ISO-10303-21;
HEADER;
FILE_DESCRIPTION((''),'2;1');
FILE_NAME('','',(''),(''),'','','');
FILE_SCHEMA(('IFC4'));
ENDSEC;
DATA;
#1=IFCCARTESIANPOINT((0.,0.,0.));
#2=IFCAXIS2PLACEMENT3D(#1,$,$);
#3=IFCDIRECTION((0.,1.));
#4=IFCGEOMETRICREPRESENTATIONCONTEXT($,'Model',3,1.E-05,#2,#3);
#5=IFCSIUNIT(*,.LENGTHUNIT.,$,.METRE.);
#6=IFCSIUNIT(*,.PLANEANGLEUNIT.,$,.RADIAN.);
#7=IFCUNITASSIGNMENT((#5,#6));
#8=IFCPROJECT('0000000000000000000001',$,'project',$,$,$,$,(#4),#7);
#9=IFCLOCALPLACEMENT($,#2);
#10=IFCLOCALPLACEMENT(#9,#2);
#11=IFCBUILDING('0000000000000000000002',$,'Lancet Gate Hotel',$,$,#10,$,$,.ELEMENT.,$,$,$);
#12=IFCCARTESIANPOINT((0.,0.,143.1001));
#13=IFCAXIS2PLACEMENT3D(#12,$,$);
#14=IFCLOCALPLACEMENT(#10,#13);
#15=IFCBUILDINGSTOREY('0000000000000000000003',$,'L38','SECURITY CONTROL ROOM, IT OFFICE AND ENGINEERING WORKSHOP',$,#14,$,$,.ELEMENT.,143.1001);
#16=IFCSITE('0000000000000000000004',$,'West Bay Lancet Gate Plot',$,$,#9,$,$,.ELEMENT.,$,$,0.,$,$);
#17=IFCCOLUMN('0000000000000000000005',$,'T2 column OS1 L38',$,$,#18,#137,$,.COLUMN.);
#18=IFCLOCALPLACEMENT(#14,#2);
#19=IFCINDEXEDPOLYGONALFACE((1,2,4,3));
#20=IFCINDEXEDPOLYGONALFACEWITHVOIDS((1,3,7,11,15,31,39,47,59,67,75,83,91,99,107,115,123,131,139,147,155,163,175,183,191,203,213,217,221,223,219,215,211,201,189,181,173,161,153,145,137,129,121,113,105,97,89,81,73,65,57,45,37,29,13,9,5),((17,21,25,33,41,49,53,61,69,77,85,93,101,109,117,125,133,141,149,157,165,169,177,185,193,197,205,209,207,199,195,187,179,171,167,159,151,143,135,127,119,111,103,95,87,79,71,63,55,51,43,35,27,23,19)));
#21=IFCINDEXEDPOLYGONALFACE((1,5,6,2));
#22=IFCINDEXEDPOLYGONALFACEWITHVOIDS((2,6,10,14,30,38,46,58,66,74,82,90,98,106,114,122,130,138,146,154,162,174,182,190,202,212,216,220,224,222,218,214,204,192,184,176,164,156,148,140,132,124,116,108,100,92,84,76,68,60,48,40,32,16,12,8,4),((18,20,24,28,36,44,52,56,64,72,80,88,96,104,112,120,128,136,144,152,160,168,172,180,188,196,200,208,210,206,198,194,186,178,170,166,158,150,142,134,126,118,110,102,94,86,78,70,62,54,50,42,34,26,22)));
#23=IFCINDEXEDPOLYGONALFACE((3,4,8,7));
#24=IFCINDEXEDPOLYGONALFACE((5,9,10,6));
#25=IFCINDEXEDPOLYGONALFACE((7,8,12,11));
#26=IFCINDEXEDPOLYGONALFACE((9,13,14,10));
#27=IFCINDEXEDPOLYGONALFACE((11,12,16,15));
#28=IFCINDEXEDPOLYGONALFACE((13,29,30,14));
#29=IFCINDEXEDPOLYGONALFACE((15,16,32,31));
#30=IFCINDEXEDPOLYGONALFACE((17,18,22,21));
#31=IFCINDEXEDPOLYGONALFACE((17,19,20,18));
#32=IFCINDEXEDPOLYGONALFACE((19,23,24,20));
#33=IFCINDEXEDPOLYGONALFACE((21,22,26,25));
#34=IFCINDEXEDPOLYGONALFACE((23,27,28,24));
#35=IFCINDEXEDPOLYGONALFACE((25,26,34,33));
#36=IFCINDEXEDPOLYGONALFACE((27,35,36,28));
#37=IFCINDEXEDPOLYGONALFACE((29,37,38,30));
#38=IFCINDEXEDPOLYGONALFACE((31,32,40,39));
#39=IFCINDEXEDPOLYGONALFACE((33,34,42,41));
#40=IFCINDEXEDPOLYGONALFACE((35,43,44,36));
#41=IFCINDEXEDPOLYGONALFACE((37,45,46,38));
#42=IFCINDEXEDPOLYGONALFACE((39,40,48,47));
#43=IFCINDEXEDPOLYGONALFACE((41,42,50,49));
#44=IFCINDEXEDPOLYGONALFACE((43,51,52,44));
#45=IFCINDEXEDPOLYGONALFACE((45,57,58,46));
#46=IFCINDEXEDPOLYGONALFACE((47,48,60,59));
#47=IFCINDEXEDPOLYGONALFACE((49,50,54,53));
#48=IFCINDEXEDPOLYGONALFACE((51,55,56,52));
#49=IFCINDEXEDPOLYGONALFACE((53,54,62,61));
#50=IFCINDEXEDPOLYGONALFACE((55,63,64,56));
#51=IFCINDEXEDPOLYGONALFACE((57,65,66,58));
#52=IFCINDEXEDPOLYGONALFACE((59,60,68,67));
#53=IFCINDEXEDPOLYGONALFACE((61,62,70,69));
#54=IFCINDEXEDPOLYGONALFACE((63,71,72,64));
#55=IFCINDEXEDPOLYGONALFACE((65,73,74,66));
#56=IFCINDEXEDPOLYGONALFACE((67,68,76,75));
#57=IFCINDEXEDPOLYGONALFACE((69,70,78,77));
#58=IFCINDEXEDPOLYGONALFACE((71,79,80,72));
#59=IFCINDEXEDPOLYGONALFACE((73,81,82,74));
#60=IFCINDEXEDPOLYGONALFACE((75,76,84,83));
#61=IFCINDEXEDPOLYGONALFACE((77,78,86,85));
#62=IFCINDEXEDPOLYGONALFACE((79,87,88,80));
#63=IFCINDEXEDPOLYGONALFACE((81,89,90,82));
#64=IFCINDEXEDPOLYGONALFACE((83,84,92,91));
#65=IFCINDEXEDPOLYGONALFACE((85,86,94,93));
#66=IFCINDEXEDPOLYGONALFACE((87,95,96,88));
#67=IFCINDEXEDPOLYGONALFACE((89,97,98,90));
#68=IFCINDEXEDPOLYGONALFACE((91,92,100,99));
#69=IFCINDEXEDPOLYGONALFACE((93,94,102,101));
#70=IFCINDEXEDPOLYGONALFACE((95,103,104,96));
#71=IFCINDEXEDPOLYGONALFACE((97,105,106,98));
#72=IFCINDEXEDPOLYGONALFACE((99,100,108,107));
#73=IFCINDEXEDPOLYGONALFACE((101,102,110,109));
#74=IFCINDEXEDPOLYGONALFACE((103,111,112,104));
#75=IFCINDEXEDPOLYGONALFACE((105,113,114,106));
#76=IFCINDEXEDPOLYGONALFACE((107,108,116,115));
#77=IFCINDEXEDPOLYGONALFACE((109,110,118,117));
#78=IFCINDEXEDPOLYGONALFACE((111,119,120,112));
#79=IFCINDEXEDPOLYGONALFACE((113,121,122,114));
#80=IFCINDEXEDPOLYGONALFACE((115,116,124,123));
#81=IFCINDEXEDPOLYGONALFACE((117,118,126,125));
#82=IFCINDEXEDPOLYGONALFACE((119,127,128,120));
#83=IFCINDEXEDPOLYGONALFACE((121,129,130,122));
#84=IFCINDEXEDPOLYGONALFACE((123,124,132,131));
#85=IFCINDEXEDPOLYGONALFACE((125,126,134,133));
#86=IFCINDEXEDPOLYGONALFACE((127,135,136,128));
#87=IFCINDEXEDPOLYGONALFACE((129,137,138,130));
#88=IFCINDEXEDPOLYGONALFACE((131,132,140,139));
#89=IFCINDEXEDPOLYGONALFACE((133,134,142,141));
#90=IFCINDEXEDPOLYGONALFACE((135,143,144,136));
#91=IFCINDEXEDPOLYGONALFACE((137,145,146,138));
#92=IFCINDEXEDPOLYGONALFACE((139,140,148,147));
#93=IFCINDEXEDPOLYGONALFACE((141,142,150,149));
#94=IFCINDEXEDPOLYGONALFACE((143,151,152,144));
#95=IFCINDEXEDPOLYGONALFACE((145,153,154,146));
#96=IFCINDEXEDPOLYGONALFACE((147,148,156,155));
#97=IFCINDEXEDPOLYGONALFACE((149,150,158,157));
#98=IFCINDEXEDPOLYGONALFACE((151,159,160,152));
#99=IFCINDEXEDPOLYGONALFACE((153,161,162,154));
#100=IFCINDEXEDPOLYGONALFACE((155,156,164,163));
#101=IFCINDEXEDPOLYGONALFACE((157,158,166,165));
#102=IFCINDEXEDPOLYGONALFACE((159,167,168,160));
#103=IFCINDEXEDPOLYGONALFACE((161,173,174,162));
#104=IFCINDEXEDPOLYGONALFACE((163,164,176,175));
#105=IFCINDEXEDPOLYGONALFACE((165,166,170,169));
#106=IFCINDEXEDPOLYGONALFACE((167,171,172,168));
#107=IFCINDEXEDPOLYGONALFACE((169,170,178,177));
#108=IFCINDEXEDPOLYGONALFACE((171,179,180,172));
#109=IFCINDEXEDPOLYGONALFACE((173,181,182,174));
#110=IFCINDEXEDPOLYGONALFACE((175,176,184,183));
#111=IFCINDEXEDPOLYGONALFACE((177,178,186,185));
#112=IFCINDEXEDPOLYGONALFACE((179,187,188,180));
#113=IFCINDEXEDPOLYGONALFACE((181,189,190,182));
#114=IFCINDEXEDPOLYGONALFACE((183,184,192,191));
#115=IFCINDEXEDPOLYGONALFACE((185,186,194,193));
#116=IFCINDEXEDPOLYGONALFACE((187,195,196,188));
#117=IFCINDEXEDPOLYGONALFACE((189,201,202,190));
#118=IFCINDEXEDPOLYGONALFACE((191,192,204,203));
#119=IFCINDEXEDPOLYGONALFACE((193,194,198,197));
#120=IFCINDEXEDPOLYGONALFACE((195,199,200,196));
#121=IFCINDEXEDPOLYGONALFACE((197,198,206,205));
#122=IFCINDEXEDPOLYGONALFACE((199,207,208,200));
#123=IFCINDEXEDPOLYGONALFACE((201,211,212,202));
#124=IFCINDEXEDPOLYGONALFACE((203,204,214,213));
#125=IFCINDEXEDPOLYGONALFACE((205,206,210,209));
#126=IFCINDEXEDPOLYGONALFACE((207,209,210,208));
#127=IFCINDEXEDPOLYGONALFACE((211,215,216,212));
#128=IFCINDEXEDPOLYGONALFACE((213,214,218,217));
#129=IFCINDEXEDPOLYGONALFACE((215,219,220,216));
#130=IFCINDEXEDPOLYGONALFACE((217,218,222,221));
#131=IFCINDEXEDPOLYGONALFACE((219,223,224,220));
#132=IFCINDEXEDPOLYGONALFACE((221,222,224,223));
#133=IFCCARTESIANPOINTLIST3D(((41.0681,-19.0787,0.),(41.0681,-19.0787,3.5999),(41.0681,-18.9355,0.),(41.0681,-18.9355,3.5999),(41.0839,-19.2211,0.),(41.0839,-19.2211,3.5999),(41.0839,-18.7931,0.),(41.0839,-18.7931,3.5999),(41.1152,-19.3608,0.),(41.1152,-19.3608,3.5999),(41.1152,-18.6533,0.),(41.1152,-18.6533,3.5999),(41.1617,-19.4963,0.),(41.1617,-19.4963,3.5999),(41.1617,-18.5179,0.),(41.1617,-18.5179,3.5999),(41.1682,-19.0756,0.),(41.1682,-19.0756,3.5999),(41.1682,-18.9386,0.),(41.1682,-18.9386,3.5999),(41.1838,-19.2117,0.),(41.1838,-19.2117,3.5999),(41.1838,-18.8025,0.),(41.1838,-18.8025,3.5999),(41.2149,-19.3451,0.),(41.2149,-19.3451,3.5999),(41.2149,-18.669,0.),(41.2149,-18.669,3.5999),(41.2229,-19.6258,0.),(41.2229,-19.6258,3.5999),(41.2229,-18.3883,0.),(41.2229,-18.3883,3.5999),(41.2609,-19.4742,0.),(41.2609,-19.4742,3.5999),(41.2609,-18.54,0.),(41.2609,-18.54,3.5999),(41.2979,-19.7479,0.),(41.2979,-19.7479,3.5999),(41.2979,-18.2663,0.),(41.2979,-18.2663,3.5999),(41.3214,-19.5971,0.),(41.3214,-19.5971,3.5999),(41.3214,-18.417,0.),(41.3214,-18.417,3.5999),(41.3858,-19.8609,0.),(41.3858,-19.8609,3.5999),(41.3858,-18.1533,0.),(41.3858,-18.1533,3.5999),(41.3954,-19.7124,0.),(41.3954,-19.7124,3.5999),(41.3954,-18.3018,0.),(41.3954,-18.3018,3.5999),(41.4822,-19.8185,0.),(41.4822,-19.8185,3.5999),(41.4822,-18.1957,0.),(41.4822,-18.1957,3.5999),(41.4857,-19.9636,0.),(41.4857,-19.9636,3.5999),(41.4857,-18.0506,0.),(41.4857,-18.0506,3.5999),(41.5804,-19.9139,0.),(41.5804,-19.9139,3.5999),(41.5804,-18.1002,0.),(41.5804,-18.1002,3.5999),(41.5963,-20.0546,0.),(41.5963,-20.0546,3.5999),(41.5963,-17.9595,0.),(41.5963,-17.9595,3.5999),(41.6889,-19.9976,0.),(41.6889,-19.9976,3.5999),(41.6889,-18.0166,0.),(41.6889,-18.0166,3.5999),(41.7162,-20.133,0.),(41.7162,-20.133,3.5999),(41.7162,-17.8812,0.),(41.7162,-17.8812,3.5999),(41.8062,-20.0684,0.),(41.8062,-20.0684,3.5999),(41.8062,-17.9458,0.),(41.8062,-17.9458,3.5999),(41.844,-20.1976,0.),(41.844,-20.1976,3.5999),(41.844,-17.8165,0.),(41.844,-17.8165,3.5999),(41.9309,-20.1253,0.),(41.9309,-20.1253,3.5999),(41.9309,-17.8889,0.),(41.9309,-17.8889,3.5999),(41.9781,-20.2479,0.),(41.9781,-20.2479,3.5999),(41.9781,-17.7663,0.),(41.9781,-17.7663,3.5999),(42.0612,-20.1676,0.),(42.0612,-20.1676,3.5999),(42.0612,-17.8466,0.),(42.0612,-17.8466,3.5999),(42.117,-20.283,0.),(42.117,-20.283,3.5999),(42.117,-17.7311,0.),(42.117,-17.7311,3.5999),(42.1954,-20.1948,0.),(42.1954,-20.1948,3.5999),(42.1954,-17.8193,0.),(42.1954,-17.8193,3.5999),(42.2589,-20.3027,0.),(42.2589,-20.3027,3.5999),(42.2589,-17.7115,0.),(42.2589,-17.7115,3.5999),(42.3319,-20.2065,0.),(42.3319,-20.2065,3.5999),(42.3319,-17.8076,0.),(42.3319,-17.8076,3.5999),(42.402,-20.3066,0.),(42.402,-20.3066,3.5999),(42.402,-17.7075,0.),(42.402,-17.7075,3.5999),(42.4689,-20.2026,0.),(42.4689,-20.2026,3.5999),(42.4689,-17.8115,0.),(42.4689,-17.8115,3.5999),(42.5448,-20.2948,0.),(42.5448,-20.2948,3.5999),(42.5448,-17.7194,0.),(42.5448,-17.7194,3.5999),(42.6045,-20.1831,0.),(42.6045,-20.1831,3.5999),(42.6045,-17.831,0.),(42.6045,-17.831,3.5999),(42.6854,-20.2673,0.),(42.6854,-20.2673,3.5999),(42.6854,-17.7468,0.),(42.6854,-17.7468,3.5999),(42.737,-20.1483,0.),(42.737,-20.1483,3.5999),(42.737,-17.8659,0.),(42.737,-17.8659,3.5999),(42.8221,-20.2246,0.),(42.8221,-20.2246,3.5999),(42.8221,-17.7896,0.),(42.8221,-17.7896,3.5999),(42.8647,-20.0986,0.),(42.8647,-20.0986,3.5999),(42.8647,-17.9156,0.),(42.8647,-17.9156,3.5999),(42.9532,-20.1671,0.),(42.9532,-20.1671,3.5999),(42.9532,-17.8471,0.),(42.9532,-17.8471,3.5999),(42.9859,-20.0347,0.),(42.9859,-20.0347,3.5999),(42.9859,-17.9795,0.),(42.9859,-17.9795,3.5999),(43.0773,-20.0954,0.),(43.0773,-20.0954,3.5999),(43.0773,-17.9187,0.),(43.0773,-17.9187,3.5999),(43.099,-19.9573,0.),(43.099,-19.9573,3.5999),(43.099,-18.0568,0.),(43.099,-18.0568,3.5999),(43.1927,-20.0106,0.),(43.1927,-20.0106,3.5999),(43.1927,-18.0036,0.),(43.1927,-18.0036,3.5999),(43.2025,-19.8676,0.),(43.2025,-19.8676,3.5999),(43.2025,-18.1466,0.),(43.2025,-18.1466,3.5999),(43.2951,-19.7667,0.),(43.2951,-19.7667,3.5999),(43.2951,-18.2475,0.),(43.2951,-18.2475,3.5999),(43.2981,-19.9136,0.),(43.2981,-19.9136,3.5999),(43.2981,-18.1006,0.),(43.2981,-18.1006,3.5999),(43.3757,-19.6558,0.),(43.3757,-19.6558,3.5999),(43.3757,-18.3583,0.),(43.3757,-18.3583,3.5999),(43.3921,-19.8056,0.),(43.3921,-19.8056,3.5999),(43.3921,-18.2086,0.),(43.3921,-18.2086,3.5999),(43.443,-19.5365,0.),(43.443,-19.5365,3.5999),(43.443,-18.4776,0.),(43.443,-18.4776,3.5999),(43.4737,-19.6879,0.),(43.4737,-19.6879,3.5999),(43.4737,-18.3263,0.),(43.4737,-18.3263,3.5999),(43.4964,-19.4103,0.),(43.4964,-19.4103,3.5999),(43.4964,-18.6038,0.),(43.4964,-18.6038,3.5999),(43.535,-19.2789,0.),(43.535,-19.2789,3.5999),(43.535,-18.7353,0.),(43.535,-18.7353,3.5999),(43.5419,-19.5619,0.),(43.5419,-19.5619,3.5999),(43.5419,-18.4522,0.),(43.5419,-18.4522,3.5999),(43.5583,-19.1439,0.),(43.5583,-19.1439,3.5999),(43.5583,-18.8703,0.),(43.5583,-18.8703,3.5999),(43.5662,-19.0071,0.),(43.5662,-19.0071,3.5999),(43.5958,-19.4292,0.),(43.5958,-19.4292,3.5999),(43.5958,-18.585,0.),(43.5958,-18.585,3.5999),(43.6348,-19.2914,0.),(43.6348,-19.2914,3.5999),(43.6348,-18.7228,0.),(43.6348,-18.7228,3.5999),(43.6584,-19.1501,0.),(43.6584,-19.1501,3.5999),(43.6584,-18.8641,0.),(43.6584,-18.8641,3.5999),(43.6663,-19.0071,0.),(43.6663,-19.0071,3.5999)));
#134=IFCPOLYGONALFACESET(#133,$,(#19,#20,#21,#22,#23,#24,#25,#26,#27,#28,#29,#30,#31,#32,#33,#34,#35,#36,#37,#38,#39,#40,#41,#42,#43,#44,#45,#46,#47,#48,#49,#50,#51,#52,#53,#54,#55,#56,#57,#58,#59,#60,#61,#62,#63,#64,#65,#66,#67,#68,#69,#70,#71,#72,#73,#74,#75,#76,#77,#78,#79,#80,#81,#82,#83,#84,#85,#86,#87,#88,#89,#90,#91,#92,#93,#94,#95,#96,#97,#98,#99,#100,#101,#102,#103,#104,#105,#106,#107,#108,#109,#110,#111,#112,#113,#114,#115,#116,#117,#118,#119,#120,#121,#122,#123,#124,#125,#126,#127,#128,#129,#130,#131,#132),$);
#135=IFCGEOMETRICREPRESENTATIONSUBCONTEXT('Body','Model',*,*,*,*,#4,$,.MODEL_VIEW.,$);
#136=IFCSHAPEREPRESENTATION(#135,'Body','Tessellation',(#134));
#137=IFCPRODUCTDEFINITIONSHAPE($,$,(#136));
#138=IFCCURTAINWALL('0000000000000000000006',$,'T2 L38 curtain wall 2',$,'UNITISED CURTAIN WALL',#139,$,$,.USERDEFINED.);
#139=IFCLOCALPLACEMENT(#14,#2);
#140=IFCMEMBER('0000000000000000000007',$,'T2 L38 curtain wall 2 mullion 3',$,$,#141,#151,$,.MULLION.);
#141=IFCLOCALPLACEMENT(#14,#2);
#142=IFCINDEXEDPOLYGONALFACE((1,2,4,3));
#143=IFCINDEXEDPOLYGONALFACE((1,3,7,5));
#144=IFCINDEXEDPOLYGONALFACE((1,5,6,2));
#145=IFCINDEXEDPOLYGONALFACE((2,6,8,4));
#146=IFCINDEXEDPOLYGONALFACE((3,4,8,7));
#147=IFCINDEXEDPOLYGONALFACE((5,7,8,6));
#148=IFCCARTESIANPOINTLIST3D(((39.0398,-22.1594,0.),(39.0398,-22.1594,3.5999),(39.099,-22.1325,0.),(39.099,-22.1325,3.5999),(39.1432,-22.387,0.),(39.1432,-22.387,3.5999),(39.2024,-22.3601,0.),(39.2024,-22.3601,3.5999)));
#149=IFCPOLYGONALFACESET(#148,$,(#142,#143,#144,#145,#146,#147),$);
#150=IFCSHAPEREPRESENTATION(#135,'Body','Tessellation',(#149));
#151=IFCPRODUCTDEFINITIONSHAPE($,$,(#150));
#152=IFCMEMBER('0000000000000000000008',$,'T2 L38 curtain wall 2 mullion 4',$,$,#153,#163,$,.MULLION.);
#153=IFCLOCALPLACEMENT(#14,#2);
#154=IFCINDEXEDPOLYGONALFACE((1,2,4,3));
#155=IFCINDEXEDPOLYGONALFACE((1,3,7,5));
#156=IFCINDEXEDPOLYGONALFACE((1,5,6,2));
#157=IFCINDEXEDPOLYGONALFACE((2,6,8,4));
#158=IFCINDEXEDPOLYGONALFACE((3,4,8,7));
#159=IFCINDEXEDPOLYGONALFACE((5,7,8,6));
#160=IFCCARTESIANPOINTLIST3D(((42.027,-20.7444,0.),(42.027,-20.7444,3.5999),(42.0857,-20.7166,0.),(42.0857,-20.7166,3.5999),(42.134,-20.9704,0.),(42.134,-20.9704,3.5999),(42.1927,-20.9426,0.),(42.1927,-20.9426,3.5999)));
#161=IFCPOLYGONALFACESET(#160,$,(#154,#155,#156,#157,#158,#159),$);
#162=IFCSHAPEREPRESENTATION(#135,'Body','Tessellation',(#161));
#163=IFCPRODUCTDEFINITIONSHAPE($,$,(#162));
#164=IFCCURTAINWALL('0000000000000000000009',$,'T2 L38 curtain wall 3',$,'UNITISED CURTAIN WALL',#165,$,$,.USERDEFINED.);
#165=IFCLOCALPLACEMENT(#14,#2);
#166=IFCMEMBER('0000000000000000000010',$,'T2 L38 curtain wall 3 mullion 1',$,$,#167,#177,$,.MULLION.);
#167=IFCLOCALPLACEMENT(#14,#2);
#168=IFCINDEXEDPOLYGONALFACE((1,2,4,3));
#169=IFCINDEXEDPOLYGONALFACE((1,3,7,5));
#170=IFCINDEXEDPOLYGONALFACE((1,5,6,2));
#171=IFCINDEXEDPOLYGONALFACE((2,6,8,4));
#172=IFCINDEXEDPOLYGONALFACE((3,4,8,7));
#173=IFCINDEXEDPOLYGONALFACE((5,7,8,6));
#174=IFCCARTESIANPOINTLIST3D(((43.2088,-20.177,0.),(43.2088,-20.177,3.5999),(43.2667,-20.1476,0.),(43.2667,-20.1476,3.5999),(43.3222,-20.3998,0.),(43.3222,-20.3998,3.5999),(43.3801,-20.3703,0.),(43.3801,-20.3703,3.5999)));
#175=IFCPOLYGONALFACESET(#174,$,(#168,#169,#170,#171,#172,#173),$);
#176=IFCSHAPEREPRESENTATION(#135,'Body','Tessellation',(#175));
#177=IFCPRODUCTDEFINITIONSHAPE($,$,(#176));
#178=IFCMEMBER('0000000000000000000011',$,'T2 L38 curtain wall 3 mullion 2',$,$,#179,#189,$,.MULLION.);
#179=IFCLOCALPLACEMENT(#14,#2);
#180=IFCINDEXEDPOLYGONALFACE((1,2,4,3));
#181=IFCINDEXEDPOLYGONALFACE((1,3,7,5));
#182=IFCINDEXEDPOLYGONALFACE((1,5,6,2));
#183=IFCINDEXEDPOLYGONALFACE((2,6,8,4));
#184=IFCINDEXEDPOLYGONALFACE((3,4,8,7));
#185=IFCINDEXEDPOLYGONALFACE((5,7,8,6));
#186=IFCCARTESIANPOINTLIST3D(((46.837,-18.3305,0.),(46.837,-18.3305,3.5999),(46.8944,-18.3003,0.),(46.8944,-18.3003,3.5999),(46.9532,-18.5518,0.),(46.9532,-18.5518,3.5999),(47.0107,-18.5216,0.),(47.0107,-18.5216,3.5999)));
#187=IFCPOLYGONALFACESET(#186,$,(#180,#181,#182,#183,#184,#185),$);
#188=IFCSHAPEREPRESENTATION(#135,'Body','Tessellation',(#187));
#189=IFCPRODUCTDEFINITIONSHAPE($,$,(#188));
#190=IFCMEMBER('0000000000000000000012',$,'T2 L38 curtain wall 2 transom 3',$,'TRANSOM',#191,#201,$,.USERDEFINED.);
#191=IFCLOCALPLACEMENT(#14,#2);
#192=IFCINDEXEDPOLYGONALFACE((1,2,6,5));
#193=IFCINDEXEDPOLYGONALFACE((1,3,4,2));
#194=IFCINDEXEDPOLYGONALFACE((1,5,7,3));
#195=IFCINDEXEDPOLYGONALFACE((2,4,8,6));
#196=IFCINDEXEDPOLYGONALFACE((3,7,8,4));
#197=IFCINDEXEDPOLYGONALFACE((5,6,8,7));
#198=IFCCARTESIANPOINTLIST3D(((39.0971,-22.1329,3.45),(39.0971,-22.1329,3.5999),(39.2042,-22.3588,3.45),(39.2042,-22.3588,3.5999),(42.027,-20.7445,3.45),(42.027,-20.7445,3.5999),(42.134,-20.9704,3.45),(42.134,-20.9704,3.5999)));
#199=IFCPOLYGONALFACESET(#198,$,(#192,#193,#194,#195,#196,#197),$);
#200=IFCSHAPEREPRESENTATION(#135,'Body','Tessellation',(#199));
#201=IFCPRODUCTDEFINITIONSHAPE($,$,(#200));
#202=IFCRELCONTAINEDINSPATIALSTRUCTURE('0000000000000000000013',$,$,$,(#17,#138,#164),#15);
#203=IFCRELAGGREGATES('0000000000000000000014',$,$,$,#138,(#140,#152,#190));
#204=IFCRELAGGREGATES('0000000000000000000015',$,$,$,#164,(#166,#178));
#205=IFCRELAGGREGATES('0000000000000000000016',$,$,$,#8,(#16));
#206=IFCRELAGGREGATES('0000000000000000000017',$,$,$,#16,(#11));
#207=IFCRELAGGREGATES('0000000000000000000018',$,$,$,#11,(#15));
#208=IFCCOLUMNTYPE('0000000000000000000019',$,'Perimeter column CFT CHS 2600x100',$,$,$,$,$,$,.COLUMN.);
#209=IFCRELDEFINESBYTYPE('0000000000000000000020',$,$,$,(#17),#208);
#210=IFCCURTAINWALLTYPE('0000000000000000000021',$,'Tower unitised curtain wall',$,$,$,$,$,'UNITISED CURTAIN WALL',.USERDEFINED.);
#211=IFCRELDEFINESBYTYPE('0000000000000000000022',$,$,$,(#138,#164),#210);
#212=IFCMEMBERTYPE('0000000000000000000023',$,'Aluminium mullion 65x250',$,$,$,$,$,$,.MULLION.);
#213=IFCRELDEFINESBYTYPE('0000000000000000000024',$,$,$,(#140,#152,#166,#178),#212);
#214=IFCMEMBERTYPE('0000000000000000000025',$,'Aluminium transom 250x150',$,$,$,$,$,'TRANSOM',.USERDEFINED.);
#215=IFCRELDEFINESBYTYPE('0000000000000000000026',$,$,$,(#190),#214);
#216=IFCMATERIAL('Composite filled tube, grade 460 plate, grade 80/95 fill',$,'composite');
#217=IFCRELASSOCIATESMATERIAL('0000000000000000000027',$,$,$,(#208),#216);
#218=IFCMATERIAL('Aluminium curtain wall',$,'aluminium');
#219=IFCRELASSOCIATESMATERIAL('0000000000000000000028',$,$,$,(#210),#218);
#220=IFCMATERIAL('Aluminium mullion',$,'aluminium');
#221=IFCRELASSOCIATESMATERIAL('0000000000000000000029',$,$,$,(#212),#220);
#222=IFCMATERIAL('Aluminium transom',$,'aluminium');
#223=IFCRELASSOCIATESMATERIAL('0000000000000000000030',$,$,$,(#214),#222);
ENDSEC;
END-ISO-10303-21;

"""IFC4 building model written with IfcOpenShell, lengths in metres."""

from ifc_helpers import new_model, si_unit, direction, frame, origin, origin_2d, place, context, subcontext, project, spatial, rectangle, hollow_circle, extrude, material, material_profile, profile_set, type_object, element, aggregate, save


model = new_model("IFC4")

# Units and contexts
model_context = context("Model", 3, precision=1e-05, world=origin(), true_north=direction((0.0, 1.0)))
body_context = subcontext(model_context, "Body", "Model", "MODEL_VIEW")
ifc_project = project(units=[si_unit("LENGTHUNIT", "METRE"), si_unit("PLANEANGLEUNIT", "RADIAN")], contexts=[model_context])

# Site, building, storey
site_placement = place(None, origin())
site = spatial("IfcSite", under=ifc_project, at=site_placement, Name="West Bay Lancet Gate Plot", CompositionType="ELEMENT", RefElevation=0.0)
building_placement = place(site_placement, origin())
building = spatial("IfcBuilding", under=site, at=building_placement, Name="Lancet Gate Hotel", CompositionType="ELEMENT")
storey_placement = place(building_placement, frame((0.0, 0.0, 143.1001)))
storey = spatial("IfcBuildingStorey", under=building, at=storey_placement, Name="L38", Description="SECURITY CONTROL ROOM, IT OFFICE AND ENGINEERING WORKSHOP", CompositionType="ELEMENT", Elevation=143.1001)

# Column
ifc_material_1 = material(Name="Composite filled tube, grade 460 plate, grade 80/95 fill", Category="composite")
ifc_material_profile_1 = material_profile(ifc_material_1, hollow_circle(Radius=1.3, WallThickness=0.1001, at=origin_2d()), Name="CHS 2600x100")
ifc_profile_set_1 = profile_set([ifc_material_profile_1], Name="Composite filled tube, grade 460 plate, grade 80/95 fill")
column_type = type_object("IfcColumnType", Name="Perimeter column CFT CHS 2600x100", PredefinedType="COLUMN", material=ifc_profile_set_1)
column_placement = place(storey_placement, frame((42.3662, -19.0071, 0.0), z_axis=(0.0, 0.0, 1.0), x_axis=(1.0, 0.0, 0.0)))
element("IfcColumn", 1, at=column_placement, inside=storey, type_object=column_type, Name="T2 column OS1 L38", PredefinedType="COLUMN", context=body_context, shape_type="SweptSolid", body=[
    extrude(hollow_circle(Radius=1.3, WallThickness=0.1001, at=origin_2d()), origin(), (0.0, 0.0, 1.0), 3.5999),
])

# Curtain walls, members
ifc_material_2 = material(Name="Aluminium curtain wall", Category="aluminium")
curtain_wall_type = type_object("IfcCurtainWallType", Name="Tower unitised curtain wall", ElementType="UNITISED CURTAIN WALL", PredefinedType="USERDEFINED", material=ifc_material_2)
curtain_wall_1_placement = place(storey_placement, origin())
curtain_wall_1 = element("IfcCurtainWall", 2, at=curtain_wall_1_placement, inside=storey, type_object=curtain_wall_type, Name="T2 L38 curtain wall 2", ObjectType="UNITISED CURTAIN WALL", PredefinedType="USERDEFINED")
ifc_material_3 = material(Name="Aluminium mullion", Category="aluminium")
ifc_material_profile_2 = material_profile(ifc_material_3, rectangle(XDim=0.0649, YDim=0.25, at=origin_2d()), Name="MULLION 65x250")
ifc_profile_set_2 = profile_set([ifc_material_profile_2], Name="Aluminium mullion")
member_type_1 = type_object("IfcMemberType", Name="Aluminium mullion 65x250", PredefinedType="MULLION", material=ifc_profile_set_2)
member_1_placement = place(storey_placement, frame((39.1211, -22.2598, 0.0), z_axis=(0.0, 0.0, 1.0), x_axis=(0.910473, 0.41357, 0.0)))
member_1 = element("IfcMember", 3, at=member_1_placement, type_object=member_type_1, Name="T2 L38 curtain wall 2 mullion 3", PredefinedType="MULLION", context=body_context, shape_type="SweptSolid", body=[
    extrude(rectangle(XDim=0.0649, YDim=0.25, at=origin_2d()), origin(), (0.0, 0.0, 1.0), 3.5999),
])
member_2_placement = place(storey_placement, frame((42.1099, -20.8435, 0.0), z_axis=(0.0, 0.0, 1.0), x_axis=(0.903683, 0.428201, 0.0)))
member_2 = element("IfcMember", 4, at=member_2_placement, type_object=member_type_1, Name="T2 L38 curtain wall 2 mullion 4", PredefinedType="MULLION", context=body_context, shape_type="SweptSolid", body=[
    extrude(rectangle(XDim=0.0649, YDim=0.25, at=origin_2d()), origin(), (0.0, 0.0, 1.0), 3.5999),
])
curtain_wall_2_placement = place(storey_placement, origin())
curtain_wall_2 = element("IfcCurtainWall", 5, at=curtain_wall_2_placement, inside=storey, type_object=curtain_wall_type, Name="T2 L38 curtain wall 3", ObjectType="UNITISED CURTAIN WALL", PredefinedType="USERDEFINED")
member_3_placement = place(storey_placement, frame((43.2944, -20.2737, 0.0), z_axis=(0.0, 0.0, 1.0), x_axis=(0.891159, 0.45369, 0.0)))
member_3 = element("IfcMember", 6, at=member_3_placement, type_object=member_type_1, Name="T2 L38 curtain wall 3 mullion 1", PredefinedType="MULLION", context=body_context, shape_type="SweptSolid", body=[
    extrude(rectangle(XDim=0.0649, YDim=0.25, at=origin_2d()), origin(), (0.0, 0.0, 1.0), 3.5999),
])
member_4_placement = place(storey_placement, frame((46.9238, -18.426, 0.0), z_axis=(0.0, 0.0, 1.0), x_axis=(0.885307, 0.465006, 0.0)))
member_4 = element("IfcMember", 7, at=member_4_placement, type_object=member_type_1, Name="T2 L38 curtain wall 3 mullion 2", PredefinedType="MULLION", context=body_context, shape_type="SweptSolid", body=[
    extrude(rectangle(XDim=0.0649, YDim=0.25, at=origin_2d()), origin(), (0.0, 0.0, 1.0), 3.5999),
])

# Member
ifc_material_4 = material(Name="Aluminium transom", Category="aluminium")
ifc_material_profile_3 = material_profile(ifc_material_4, rectangle(XDim=0.25, YDim=0.1499, at=origin_2d()), Name="TRANSOM 250x150")
ifc_profile_set_3 = profile_set([ifc_material_profile_3], Name="Aluminium transom")
member_type_2 = type_object("IfcMemberType", Name="Aluminium transom 250x150", ElementType="TRANSOM", PredefinedType="USERDEFINED", material=ifc_profile_set_3)
member_5_placement = place(storey_placement, frame((39.1506, -22.2458, 3.5249), z_axis=(0.90367, 0.428229, 0.0), x_axis=(-0.428229, 0.90367, 0.0)))
member_5 = element("IfcMember", 8, at=member_5_placement, type_object=member_type_2, Name="T2 L38 curtain wall 2 transom 3", ObjectType="TRANSOM", PredefinedType="USERDEFINED", context=body_context, shape_type="SweptSolid", body=[
    extrude(rectangle(XDim=0.25, YDim=0.1499, at=origin_2d()), origin(), (0.0, 0.0, 1.0), 3.2422),
])

aggregate(curtain_wall_1, [member_1, member_2, member_5])
aggregate(curtain_wall_2, [member_3, member_4])

save(model, "model.ifc")
